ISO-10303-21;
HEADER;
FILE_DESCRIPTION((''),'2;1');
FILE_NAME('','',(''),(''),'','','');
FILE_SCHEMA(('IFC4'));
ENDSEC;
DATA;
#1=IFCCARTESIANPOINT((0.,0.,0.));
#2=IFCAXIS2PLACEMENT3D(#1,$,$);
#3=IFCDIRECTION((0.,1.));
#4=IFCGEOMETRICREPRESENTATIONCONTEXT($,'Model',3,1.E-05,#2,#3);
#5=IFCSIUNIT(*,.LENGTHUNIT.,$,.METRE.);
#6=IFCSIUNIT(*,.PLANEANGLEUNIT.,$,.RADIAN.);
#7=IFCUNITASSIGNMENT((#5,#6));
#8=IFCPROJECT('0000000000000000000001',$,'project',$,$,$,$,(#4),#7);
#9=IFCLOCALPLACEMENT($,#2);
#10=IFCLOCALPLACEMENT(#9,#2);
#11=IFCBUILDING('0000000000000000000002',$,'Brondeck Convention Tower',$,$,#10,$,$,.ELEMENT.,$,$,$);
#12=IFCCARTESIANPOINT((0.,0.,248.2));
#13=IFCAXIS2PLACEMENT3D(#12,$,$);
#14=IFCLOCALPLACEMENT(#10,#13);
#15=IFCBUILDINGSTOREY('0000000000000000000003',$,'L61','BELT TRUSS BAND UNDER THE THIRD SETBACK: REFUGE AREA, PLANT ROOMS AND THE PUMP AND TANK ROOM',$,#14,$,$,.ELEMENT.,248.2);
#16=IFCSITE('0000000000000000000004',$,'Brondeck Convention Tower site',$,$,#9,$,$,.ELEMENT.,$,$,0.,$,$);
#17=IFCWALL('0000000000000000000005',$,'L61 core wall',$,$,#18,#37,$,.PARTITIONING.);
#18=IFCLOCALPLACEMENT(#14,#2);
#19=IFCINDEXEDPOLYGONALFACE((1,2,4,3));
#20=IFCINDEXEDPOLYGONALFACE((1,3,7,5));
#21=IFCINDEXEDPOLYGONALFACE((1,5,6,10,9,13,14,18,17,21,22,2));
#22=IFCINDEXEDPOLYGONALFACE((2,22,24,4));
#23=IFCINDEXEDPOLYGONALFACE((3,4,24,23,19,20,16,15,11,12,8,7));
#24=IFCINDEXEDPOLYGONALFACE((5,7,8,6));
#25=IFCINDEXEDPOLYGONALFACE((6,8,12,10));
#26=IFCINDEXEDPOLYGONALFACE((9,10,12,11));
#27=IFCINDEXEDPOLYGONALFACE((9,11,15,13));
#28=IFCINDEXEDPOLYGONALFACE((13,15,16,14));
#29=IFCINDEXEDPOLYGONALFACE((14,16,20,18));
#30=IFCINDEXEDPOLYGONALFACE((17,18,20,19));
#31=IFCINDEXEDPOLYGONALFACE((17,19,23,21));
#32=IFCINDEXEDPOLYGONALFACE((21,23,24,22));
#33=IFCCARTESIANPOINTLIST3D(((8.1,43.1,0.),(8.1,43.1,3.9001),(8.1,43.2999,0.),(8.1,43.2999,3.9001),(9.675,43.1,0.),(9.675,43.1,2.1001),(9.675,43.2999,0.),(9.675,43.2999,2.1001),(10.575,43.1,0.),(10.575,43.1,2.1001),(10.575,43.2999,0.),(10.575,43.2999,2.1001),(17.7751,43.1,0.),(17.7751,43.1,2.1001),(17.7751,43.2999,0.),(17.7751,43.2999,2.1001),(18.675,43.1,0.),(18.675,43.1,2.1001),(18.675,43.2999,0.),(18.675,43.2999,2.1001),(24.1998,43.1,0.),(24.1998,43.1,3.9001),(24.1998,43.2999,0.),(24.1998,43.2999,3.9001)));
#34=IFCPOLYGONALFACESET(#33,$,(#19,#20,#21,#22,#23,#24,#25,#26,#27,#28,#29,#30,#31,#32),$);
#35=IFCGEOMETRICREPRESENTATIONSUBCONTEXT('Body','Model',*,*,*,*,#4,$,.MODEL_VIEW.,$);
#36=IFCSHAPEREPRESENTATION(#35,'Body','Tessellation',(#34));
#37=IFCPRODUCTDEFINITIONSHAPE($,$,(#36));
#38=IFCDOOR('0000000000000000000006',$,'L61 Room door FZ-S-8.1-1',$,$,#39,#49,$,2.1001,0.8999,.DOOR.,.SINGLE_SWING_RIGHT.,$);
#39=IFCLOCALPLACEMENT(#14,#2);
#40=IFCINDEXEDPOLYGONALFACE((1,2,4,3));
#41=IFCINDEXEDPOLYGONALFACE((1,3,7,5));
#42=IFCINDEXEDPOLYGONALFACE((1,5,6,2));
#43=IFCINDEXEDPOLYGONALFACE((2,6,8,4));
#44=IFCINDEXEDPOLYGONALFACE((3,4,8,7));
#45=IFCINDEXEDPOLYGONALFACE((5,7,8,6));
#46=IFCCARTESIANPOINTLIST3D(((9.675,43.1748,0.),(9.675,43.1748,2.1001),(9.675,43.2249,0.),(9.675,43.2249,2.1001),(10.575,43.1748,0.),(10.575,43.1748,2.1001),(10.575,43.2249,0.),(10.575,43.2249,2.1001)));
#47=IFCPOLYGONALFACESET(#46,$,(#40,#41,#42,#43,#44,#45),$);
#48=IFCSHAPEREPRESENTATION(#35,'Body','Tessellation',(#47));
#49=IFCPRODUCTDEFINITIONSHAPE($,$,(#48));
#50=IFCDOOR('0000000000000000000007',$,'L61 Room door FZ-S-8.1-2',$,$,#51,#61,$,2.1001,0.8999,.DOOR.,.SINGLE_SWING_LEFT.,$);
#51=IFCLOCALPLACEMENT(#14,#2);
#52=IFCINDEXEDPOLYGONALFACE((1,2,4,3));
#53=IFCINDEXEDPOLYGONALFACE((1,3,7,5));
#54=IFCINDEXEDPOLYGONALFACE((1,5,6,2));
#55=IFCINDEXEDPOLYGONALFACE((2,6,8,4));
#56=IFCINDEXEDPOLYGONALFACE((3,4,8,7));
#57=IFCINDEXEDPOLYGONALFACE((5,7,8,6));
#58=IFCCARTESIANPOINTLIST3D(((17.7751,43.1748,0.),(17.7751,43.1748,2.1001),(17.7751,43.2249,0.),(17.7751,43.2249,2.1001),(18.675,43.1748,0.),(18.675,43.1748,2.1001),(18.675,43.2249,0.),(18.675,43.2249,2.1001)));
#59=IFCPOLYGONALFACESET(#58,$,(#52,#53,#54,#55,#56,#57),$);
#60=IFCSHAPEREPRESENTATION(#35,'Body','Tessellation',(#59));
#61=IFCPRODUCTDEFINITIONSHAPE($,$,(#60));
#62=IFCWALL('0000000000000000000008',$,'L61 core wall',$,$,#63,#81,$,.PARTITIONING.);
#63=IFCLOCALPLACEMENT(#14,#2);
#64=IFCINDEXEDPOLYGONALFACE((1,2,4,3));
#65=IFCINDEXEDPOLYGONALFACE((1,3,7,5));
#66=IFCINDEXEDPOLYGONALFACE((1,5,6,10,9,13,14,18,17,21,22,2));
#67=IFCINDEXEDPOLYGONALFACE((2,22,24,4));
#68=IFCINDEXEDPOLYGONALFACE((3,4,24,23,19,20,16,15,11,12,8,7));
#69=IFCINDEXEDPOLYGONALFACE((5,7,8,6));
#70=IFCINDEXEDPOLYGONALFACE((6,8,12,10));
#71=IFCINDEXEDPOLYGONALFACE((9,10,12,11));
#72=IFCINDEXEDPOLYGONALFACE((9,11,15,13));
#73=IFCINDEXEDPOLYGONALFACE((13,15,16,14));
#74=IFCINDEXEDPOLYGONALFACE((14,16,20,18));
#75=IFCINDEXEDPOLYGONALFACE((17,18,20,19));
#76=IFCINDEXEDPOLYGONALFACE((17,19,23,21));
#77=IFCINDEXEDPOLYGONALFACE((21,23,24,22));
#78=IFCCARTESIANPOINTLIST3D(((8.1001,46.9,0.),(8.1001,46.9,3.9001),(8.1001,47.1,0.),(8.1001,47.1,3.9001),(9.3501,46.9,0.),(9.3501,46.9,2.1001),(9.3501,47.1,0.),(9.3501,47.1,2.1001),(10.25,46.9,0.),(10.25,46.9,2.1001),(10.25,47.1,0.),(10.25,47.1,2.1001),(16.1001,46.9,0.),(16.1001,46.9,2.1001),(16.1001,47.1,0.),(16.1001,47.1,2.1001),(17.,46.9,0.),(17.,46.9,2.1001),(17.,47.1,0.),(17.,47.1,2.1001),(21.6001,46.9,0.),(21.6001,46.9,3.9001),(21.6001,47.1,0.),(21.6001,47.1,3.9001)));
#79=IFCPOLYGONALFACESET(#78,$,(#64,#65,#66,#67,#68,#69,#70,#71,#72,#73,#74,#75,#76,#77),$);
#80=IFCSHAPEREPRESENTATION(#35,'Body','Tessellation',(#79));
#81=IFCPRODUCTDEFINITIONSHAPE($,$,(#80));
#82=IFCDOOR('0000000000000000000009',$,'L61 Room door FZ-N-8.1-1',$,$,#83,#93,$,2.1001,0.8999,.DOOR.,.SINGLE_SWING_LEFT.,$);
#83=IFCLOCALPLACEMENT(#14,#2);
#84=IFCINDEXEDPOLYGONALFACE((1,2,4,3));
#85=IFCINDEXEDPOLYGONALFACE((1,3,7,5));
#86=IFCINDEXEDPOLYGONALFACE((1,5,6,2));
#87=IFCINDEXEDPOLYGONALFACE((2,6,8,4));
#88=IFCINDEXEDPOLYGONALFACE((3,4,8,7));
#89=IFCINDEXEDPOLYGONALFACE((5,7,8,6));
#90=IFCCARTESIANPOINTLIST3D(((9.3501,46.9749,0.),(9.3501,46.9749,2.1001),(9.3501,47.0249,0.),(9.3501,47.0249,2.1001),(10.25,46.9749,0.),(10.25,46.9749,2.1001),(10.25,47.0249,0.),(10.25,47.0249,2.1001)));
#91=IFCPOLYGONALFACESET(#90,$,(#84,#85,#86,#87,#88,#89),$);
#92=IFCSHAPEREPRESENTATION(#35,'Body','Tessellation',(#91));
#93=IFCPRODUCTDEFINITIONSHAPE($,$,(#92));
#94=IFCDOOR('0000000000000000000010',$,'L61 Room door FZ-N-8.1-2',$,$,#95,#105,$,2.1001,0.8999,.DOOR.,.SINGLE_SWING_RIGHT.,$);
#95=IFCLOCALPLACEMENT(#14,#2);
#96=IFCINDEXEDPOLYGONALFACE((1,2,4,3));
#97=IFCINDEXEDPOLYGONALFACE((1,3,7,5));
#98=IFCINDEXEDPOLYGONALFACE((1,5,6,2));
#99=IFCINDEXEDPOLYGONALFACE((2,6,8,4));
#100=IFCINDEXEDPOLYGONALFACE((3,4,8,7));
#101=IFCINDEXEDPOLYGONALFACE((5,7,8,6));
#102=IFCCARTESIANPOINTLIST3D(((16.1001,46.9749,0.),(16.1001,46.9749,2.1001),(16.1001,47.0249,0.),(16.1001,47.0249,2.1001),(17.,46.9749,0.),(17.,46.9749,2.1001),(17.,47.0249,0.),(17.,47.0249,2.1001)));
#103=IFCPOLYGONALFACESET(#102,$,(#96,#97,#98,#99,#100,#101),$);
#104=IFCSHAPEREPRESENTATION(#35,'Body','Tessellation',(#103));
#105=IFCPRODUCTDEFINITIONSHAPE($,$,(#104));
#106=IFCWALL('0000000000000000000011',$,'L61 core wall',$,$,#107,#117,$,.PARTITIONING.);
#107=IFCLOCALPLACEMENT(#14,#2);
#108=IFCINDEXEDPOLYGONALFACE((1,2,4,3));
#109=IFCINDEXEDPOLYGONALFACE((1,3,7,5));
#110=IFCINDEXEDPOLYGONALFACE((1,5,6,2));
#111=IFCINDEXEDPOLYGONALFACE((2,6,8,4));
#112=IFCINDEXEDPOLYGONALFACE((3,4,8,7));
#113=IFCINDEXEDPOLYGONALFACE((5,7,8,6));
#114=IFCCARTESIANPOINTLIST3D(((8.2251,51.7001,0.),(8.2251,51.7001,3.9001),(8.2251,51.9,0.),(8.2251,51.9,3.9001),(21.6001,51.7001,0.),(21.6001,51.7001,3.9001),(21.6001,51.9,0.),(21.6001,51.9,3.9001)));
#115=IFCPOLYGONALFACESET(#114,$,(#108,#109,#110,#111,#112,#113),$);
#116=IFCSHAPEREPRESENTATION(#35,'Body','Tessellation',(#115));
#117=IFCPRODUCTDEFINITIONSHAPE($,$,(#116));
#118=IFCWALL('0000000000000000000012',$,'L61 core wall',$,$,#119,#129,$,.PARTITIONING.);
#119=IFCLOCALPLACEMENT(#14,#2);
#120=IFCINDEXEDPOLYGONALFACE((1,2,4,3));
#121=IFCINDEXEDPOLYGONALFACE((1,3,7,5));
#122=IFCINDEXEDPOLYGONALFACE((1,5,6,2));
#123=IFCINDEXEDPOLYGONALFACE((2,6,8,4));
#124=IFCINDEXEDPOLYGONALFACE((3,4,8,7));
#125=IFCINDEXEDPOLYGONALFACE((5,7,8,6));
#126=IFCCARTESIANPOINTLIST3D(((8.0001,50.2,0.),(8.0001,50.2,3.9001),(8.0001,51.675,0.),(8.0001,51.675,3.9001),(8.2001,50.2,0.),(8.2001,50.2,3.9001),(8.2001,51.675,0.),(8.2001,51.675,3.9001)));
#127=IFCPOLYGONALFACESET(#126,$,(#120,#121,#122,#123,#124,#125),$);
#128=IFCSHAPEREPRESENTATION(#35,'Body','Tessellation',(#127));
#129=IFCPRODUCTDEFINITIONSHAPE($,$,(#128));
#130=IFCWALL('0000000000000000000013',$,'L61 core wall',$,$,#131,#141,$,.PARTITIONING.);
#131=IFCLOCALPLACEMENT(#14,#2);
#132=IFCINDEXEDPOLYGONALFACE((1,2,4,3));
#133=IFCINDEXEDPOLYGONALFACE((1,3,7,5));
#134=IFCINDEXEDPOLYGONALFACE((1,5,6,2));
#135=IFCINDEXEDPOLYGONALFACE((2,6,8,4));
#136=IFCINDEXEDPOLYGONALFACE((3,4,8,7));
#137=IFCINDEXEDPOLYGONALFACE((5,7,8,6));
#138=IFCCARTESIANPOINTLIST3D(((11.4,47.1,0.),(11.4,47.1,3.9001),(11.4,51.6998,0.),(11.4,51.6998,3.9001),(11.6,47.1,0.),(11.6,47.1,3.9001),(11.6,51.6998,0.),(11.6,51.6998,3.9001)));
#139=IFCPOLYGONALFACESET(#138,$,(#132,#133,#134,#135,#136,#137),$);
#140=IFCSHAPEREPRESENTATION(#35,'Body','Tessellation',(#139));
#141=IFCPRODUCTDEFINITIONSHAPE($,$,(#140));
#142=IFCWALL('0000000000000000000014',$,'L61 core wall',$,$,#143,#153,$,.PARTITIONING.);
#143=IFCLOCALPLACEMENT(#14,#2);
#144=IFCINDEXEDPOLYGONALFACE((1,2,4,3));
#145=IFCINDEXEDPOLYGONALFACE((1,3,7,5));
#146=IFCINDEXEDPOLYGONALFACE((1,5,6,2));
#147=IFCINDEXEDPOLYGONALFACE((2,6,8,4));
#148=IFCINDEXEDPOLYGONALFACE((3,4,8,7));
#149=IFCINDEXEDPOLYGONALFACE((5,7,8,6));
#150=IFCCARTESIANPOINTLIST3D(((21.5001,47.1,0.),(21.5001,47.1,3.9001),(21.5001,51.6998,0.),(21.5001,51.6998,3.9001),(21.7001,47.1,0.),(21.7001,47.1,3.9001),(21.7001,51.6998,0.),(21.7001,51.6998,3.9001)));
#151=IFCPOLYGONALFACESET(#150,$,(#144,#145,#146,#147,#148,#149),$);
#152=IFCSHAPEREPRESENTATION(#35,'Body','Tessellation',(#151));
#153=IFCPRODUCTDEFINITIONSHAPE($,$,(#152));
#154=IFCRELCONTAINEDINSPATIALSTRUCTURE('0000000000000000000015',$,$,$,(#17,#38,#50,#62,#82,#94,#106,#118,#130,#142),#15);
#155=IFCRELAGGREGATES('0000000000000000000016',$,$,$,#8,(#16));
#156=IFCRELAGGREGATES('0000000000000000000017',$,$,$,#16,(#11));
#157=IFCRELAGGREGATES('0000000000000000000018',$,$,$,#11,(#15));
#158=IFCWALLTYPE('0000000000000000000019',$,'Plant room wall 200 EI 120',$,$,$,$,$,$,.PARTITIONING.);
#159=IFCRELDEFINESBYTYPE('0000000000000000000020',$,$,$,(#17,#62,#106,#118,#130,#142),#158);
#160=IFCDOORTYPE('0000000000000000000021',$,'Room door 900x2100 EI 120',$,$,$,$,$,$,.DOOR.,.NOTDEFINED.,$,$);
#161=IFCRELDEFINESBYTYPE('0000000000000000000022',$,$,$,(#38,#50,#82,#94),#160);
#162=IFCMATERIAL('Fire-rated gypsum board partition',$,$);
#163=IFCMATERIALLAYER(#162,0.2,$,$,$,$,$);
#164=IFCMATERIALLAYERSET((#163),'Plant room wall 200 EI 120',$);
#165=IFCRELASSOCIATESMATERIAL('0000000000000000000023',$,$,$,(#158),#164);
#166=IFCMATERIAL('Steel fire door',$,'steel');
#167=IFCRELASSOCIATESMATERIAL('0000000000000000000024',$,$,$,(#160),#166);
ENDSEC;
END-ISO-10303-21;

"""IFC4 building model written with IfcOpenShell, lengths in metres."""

from ifc_helpers import new_model, si_unit, direction, frame, frame_2d, origin, place, context, subcontext, project, spatial, rectangle, extrude, material, layer, layer_set, type_object, element, fill, save


model = new_model("IFC4")

# Units and contexts
model_context = context("Model", 3, precision=1e-05, world=origin(), true_north=direction((0.0, 1.0)))
body_context = subcontext(model_context, "Body", "Model", "MODEL_VIEW")
ifc_project = project(units=[si_unit("LENGTHUNIT", "METRE"), si_unit("PLANEANGLEUNIT", "RADIAN")], contexts=[model_context])

# Site, building, storey
site_placement = place(None, origin())
site = spatial("IfcSite", under=ifc_project, at=site_placement, Name="Brondeck Convention Tower site", CompositionType="ELEMENT", RefElevation=0.0)
building_placement = place(site_placement, origin())
building = spatial("IfcBuilding", under=site, at=building_placement, Name="Brondeck Convention Tower", CompositionType="ELEMENT")
storey_placement = place(building_placement, frame((0.0, 0.0, 248.2)))
storey = spatial("IfcBuildingStorey", under=building, at=storey_placement, Name="L61", Description="BELT TRUSS BAND UNDER THE THIRD SETBACK: REFUGE AREA, PLANT ROOMS AND THE PUMP AND TANK ROOM", CompositionType="ELEMENT", Elevation=248.2)

# Shared definitions
ifc_material_1 = material(Name="Fire-rated gypsum board partition")
ifc_material_2 = material(Name="Steel fire door", Category="steel")

# Walls, openings, doors
ifc_layer_1 = layer(ifc_material_1, 0.2)
ifc_layer_set_1 = layer_set([ifc_layer_1], Name="Plant room wall 200 EI 120")
wall_type_1 = type_object("IfcWallType", Name="Plant room wall 200 EI 120", PredefinedType="PARTITIONING", material=ifc_layer_set_1)
wall_1_placement = place(storey_placement, frame((8.1001, 43.2, 0.0), z_axis=(0.0, 0.0, 1.0), x_axis=(1.0, 0.0, 0.0)))
wall_1 = element("IfcWall", 1, at=wall_1_placement, inside=storey, type_object=wall_type_1, Name="L61 core wall", PredefinedType="PARTITIONING", context=body_context, shape_type="SweptSolid", body=[
    extrude(rectangle(XDim=16.0999, YDim=0.2, at=frame_2d((8.0498, 0.0))), origin(), (0.0, 0.0, 1.0), 3.9001),
])
opening_1_placement = place(wall_1_placement, frame((1.575, 0.0, 0.0)))
opening_1 = element("IfcOpeningElement", 2, at=opening_1_placement, cuts=wall_1, PredefinedType="OPENING", context=body_context, shape_type="SweptSolid", body=[
    extrude(rectangle(XDim=0.8999, YDim=2.1001, at=frame_2d((0.45, 1.05))), frame((0.0, 0.1099, 0.0), z_axis=(0.0, -1.0, 0.0), x_axis=(1.0, 0.0, 0.0)), (0.0, 0.0, 1.0), 0.22),
])
opening_2_placement = place(wall_1_placement, frame((9.675, 0.0, 0.0)))
opening_2 = element("IfcOpeningElement", 3, at=opening_2_placement, cuts=wall_1, PredefinedType="OPENING", context=body_context, shape_type="SweptSolid", body=[
    extrude(rectangle(XDim=0.8999, YDim=2.1001, at=frame_2d((0.45, 1.05))), frame((0.0, 0.1099, 0.0), z_axis=(0.0, -1.0, 0.0), x_axis=(1.0, 0.0, 0.0)), (0.0, 0.0, 1.0), 0.22),
])
door_type_1 = type_object("IfcDoorType", Name="Room door 900x2100 EI 120", OperationType="NOTDEFINED", PredefinedType="DOOR", material=ifc_material_2)
door_1_placement = place(opening_1_placement, origin())
door_1 = element("IfcDoor", 4, at=door_1_placement, inside=storey, type_object=door_type_1, Name="L61 Room door FZ-S-8.1-1", OperationType="SINGLE_SWING_RIGHT", OverallHeight=2.1001, OverallWidth=0.8999, PredefinedType="DOOR", context=body_context, shape_type="SweptSolid", body=[
    extrude(rectangle(XDim=0.8999, YDim=2.1001, at=frame_2d((0.45, 1.05))), frame((0.0, 0.0249, 0.0), z_axis=(0.0, -1.0, 0.0), x_axis=(1.0, 0.0, 0.0)), (0.0, 0.0, 1.0), 0.05),
])
fill(opening_1, door_1)
door_2_placement = place(opening_2_placement, origin())
door_2 = element("IfcDoor", 5, at=door_2_placement, inside=storey, type_object=door_type_1, Name="L61 Room door FZ-S-8.1-2", OperationType="SINGLE_SWING_LEFT", OverallHeight=2.1001, OverallWidth=0.8999, PredefinedType="DOOR", context=body_context, shape_type="SweptSolid", body=[
    extrude(rectangle(XDim=0.8999, YDim=2.1001, at=frame_2d((0.45, 1.05))), frame((0.0, 0.0249, 0.0), z_axis=(0.0, -1.0, 0.0), x_axis=(1.0, 0.0, 0.0)), (0.0, 0.0, 1.0), 0.05),
])
fill(opening_2, door_2)
wall_2_placement = place(storey_placement, frame((8.1001, 47.0, 0.0), z_axis=(0.0, 0.0, 1.0), x_axis=(1.0, 0.0, 0.0)))
wall_2 = element("IfcWall", 6, at=wall_2_placement, inside=storey, type_object=wall_type_1, Name="L61 core wall", PredefinedType="PARTITIONING", context=body_context, shape_type="SweptSolid", body=[
    extrude(rectangle(XDim=13.5, YDim=0.2, at=frame_2d((6.75, 0.0))), origin(), (0.0, 0.0, 1.0), 3.9001),
])
opening_3_placement = place(wall_2_placement, frame((1.25, 0.0, 0.0)))
opening_3 = element("IfcOpeningElement", 7, at=opening_3_placement, cuts=wall_2, PredefinedType="OPENING", context=body_context, shape_type="SweptSolid", body=[
    extrude(rectangle(XDim=0.8999, YDim=2.1001, at=frame_2d((0.45, 1.05))), frame((0.0, 0.1099, 0.0), z_axis=(0.0, -1.0, 0.0), x_axis=(1.0, 0.0, 0.0)), (0.0, 0.0, 1.0), 0.22),
])
opening_4_placement = place(wall_2_placement, frame((8.0, 0.0, 0.0)))
opening_4 = element("IfcOpeningElement", 8, at=opening_4_placement, cuts=wall_2, PredefinedType="OPENING", context=body_context, shape_type="SweptSolid", body=[
    extrude(rectangle(XDim=0.8999, YDim=2.1001, at=frame_2d((0.45, 1.05))), frame((0.0, 0.1099, 0.0), z_axis=(0.0, -1.0, 0.0), x_axis=(1.0, 0.0, 0.0)), (0.0, 0.0, 1.0), 0.22),
])
door_3_placement = place(opening_3_placement, origin())
door_3 = element("IfcDoor", 9, at=door_3_placement, inside=storey, type_object=door_type_1, Name="L61 Room door FZ-N-8.1-1", OperationType="SINGLE_SWING_LEFT", OverallHeight=2.1001, OverallWidth=0.8999, PredefinedType="DOOR", context=body_context, shape_type="SweptSolid", body=[
    extrude(rectangle(XDim=0.8999, YDim=2.1001, at=frame_2d((0.45, 1.05))), frame((0.0, 0.0249, 0.0), z_axis=(0.0, -1.0, 0.0), x_axis=(1.0, 0.0, 0.0)), (0.0, 0.0, 1.0), 0.05),
])
fill(opening_3, door_3)
door_4_placement = place(opening_4_placement, origin())
door_4 = element("IfcDoor", 10, at=door_4_placement, inside=storey, type_object=door_type_1, Name="L61 Room door FZ-N-8.1-2", OperationType="SINGLE_SWING_RIGHT", OverallHeight=2.1001, OverallWidth=0.8999, PredefinedType="DOOR", context=body_context, shape_type="SweptSolid", body=[
    extrude(rectangle(XDim=0.8999, YDim=2.1001, at=frame_2d((0.45, 1.05))), frame((0.0, 0.0249, 0.0), z_axis=(0.0, -1.0, 0.0), x_axis=(1.0, 0.0, 0.0)), (0.0, 0.0, 1.0), 0.05),
])
fill(opening_4, door_4)

# Walls
wall_3_placement = place(storey_placement, frame((8.2251, 51.8, 0.0), z_axis=(0.0, 0.0, 1.0), x_axis=(1.0, 0.0, 0.0)))
element("IfcWall", 11, at=wall_3_placement, inside=storey, type_object=wall_type_1, Name="L61 core wall", PredefinedType="PARTITIONING", context=body_context, shape_type="SweptSolid", body=[
    extrude(rectangle(XDim=13.375, YDim=0.2, at=frame_2d((6.6875, 0.0))), origin(), (0.0, 0.0, 1.0), 3.9001),
])
wall_4_placement = place(storey_placement, frame((8.1001, 50.2, 0.0), z_axis=(0.0, 0.0, 1.0), x_axis=(0.0, 1.0, 0.0)))
element("IfcWall", 12, at=wall_4_placement, inside=storey, type_object=wall_type_1, Name="L61 core wall", PredefinedType="PARTITIONING", context=body_context, shape_type="SweptSolid", body=[
    extrude(rectangle(XDim=1.4751, YDim=0.2, at=frame_2d((0.7375, 0.0))), origin(), (0.0, 0.0, 1.0), 3.9001),
])
for number, where, z_axis, x_axis, name in (
    (13, (11.5, 47.1001, 0.0), (0.0, 0.0, 1.0), (0.0, 1.0, 0.0), "L61 core wall"),
    (14, (21.6001, 47.1001, 0.0), (0.0, 0.0, 1.0), (0.0, 1.0, 0.0), "L61 core wall"),
):
    element("IfcWall", number, at=place(storey_placement, frame(where, z_axis=z_axis, x_axis=x_axis)), inside=storey, type_object=wall_type_1, Name=name, PredefinedType="PARTITIONING", context=body_context, shape_type="SweptSolid", body=[
        extrude(rectangle(XDim=4.5999, YDim=0.2, at=frame_2d((2.2998, 0.0))), origin(), (0.0, 0.0, 1.0), 3.9001),
    ])

save(model, "model.ifc")
